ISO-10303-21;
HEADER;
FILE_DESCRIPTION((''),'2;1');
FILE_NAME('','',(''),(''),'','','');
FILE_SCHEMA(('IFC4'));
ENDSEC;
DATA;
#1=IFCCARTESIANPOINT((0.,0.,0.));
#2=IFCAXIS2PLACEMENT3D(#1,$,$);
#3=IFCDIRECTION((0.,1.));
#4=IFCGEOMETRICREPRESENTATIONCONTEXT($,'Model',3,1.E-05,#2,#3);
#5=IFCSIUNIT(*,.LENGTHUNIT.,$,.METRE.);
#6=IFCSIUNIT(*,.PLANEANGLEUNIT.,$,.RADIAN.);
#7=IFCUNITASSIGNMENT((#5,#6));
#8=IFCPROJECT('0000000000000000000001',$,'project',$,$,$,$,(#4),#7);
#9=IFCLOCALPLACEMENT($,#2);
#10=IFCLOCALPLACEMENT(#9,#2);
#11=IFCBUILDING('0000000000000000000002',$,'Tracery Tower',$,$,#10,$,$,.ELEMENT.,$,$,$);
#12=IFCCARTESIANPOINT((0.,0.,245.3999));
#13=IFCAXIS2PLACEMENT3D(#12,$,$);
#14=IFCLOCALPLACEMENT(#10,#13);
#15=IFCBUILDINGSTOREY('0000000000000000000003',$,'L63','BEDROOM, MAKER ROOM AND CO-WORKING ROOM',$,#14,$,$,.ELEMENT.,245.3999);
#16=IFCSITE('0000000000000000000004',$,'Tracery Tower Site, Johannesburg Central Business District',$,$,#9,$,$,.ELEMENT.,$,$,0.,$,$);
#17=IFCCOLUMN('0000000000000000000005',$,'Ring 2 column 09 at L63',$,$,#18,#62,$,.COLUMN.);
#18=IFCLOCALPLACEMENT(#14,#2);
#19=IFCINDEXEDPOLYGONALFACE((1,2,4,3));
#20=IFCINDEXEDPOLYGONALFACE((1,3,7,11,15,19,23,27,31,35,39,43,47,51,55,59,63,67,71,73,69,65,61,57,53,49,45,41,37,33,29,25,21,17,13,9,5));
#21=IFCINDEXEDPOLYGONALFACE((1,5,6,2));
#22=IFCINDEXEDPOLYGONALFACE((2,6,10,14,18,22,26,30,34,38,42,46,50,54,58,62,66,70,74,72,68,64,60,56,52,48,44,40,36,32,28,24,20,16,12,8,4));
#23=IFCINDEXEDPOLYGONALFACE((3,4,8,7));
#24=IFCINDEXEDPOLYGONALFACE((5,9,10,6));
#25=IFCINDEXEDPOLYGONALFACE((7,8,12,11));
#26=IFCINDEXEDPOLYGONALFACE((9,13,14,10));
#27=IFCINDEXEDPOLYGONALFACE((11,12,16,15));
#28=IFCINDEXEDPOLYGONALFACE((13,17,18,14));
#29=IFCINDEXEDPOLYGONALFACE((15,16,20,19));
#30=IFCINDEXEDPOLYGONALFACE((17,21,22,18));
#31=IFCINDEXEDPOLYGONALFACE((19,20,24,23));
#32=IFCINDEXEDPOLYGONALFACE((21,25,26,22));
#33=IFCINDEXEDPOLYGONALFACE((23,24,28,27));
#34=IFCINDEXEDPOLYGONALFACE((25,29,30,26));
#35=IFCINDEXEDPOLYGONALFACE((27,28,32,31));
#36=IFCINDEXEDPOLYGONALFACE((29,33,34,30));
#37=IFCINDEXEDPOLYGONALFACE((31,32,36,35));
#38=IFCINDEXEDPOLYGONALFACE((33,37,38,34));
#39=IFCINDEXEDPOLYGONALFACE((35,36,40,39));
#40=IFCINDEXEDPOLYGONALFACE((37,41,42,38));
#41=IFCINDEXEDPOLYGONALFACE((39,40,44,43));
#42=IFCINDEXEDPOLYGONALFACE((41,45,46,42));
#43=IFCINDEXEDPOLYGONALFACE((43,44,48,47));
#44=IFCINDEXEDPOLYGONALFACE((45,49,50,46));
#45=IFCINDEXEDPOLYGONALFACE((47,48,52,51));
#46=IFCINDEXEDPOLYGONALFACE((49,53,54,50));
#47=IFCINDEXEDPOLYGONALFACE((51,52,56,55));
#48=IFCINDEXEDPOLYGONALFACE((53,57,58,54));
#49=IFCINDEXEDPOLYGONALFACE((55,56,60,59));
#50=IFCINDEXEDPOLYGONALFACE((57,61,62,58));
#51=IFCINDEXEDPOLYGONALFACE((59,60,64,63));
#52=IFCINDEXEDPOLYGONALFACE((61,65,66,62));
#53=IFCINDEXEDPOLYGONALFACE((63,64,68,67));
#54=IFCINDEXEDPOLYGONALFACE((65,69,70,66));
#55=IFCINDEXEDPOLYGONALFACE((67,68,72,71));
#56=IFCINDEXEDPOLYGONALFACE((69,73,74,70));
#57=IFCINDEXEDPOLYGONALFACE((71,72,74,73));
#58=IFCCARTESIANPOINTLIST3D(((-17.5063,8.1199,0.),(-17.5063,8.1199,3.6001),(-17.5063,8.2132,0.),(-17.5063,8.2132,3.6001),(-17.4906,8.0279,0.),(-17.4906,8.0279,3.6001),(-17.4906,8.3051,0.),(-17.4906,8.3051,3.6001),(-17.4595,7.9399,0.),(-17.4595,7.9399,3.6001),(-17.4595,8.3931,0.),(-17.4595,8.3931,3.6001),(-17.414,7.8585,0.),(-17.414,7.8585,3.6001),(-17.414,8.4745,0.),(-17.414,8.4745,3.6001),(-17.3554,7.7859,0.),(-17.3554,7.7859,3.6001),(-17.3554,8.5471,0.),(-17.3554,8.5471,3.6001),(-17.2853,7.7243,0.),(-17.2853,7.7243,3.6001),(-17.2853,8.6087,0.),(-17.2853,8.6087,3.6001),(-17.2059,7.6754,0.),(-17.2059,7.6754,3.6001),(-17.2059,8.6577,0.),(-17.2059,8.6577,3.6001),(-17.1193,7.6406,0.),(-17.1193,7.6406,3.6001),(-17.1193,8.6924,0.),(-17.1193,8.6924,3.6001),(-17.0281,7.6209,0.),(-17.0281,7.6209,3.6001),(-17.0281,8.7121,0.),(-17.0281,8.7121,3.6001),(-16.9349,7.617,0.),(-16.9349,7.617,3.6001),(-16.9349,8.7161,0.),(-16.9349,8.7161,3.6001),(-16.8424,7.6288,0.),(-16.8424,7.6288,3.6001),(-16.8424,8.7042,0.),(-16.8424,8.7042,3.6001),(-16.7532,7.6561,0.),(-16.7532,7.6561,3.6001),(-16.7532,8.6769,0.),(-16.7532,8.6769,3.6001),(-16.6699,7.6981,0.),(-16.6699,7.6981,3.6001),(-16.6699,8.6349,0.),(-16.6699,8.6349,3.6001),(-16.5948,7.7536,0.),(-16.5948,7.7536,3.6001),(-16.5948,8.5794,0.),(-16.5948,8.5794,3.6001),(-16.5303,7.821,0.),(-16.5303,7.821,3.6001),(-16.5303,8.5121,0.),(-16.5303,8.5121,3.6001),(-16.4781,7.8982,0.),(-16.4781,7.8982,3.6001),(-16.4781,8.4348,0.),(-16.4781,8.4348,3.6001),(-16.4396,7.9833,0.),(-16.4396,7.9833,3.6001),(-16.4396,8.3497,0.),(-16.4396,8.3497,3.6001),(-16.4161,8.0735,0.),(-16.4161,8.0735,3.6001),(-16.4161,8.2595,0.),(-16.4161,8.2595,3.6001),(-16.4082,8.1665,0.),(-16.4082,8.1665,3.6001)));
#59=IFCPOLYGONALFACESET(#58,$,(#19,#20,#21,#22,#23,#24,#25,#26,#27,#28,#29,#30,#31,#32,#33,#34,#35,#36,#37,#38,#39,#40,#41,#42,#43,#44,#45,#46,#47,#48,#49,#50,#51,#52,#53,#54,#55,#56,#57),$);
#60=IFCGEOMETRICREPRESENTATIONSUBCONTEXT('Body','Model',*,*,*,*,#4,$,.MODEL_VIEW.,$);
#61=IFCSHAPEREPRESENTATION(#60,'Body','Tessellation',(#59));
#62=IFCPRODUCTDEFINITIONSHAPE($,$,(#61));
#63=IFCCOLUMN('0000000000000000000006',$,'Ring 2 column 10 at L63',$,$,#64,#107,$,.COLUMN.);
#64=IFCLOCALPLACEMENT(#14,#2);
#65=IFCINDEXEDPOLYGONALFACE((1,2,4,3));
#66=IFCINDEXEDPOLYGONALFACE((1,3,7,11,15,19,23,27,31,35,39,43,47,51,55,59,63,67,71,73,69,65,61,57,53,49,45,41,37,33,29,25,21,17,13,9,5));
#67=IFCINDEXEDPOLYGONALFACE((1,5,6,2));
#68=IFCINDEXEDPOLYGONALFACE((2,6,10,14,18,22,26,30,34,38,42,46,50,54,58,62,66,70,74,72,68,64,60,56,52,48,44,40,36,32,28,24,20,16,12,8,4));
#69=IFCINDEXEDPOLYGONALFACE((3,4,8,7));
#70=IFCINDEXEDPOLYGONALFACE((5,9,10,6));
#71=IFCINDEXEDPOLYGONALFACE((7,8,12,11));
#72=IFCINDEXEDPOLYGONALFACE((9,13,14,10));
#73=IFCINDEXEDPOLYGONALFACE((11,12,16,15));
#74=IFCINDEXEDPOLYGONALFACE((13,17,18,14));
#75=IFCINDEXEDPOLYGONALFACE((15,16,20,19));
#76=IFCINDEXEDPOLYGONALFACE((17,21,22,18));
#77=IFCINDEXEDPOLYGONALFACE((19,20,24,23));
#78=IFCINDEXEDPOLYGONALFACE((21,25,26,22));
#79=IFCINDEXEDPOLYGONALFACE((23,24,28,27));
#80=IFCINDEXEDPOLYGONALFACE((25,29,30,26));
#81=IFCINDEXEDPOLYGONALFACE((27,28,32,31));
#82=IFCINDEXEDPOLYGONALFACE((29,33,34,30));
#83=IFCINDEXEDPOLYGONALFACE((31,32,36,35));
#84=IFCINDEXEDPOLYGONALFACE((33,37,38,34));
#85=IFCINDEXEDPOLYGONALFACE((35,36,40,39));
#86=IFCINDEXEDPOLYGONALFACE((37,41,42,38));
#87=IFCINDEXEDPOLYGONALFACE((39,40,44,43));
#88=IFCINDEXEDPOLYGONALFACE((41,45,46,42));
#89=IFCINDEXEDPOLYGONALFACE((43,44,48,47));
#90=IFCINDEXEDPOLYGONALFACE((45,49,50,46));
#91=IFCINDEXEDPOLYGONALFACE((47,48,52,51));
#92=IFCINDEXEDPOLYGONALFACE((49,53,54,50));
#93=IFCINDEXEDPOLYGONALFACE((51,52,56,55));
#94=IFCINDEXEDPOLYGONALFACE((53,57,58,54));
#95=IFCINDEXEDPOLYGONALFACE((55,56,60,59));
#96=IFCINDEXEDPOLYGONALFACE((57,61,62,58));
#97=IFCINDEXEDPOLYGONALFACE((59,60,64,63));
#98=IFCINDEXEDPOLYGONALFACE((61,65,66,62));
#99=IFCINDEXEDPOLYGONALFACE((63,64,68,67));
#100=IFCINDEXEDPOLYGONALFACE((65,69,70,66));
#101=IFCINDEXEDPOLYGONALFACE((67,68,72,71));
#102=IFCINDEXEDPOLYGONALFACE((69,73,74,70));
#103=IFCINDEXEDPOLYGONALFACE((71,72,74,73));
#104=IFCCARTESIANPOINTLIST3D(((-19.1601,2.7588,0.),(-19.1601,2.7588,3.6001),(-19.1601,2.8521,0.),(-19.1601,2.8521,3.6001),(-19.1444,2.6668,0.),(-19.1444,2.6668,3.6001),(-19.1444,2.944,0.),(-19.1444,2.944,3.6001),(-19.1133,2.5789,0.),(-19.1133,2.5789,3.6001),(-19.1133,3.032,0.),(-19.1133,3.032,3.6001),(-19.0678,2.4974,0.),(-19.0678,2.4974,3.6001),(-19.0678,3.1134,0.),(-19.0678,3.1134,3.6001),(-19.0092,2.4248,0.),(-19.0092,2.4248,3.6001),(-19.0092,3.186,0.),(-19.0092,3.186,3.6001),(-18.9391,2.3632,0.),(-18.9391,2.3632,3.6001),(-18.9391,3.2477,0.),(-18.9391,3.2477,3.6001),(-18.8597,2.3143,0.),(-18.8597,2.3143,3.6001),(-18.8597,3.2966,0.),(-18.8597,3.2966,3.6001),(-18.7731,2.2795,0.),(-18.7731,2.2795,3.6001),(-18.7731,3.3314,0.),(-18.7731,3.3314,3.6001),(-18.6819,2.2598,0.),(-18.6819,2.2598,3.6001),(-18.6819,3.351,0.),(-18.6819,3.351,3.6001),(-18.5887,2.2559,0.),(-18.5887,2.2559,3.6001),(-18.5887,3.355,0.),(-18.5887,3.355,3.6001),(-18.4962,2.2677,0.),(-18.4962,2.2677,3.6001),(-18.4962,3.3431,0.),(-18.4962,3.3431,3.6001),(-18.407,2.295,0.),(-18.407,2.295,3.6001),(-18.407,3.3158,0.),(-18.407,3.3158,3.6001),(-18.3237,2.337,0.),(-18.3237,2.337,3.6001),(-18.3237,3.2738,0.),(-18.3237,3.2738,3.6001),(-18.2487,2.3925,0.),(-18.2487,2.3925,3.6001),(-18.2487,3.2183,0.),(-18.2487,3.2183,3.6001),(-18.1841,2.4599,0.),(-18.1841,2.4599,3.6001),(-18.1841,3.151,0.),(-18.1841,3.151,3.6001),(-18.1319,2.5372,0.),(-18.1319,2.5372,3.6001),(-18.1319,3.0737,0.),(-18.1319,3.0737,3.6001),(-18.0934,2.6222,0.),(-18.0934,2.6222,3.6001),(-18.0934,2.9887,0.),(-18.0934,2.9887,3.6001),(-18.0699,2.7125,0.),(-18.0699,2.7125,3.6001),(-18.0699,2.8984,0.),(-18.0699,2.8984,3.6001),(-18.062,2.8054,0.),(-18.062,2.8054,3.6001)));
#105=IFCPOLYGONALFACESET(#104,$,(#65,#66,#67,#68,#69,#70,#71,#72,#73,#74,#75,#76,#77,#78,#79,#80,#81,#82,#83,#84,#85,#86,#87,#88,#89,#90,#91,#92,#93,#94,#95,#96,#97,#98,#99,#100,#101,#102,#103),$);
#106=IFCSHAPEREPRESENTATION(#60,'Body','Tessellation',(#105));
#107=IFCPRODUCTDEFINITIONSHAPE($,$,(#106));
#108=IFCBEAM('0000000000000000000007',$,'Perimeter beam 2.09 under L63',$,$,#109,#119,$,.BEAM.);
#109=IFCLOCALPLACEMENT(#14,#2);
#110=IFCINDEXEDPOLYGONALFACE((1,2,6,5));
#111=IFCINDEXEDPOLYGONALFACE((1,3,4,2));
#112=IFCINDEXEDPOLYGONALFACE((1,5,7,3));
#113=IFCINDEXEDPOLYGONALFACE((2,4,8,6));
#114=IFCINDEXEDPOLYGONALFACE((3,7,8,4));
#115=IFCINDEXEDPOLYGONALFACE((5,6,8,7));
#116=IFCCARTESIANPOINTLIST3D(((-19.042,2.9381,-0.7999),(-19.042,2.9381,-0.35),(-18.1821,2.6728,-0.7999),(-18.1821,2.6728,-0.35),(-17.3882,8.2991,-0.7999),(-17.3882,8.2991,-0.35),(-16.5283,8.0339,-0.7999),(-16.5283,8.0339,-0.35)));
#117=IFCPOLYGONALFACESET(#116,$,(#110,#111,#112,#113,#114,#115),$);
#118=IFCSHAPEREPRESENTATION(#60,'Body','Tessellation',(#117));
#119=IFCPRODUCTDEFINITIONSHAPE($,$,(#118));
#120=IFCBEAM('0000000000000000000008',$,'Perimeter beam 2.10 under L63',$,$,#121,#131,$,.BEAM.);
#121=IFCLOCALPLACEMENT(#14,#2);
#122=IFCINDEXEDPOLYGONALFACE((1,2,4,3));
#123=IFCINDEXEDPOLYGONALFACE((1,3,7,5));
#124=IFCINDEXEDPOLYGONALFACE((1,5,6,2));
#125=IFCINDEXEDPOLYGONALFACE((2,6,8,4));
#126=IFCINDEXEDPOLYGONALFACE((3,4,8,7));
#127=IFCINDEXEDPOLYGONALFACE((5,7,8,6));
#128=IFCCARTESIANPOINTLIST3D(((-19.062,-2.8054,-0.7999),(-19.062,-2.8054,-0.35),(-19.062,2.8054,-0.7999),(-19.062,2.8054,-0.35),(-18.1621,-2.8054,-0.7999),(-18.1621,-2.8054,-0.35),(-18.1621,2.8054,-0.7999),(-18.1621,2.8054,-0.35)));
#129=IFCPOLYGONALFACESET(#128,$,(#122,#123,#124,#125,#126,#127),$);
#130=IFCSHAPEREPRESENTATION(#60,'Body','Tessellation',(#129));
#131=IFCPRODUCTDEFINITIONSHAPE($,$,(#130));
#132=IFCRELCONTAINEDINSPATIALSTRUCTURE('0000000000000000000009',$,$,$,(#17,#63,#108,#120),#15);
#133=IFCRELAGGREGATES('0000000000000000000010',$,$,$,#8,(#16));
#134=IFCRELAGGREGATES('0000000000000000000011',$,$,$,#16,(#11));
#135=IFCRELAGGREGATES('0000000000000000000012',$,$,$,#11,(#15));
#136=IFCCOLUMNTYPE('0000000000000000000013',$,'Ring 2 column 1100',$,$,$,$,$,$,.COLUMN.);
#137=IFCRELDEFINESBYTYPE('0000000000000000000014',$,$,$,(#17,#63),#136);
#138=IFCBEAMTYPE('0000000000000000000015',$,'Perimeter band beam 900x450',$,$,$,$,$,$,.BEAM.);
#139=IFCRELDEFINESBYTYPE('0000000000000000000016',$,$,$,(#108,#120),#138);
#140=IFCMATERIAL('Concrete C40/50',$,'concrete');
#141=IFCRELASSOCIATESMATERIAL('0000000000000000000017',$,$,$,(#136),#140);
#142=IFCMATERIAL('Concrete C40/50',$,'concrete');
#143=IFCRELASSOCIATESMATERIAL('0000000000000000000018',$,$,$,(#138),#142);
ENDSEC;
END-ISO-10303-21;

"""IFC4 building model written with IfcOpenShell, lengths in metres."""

from ifc_helpers import new_model, si_unit, direction, frame, origin, origin_2d, place, context, subcontext, project, spatial, rectangle, circle, extrude, material, material_profile, profile_set, type_object, element, save


model = new_model("IFC4")

# Units and contexts
model_context = context("Model", 3, precision=1e-05, world=origin(), true_north=direction((0.0, 1.0)))
body_context = subcontext(model_context, "Body", "Model", "MODEL_VIEW")
ifc_project = project(units=[si_unit("LENGTHUNIT", "METRE"), si_unit("PLANEANGLEUNIT", "RADIAN")], contexts=[model_context])

# Site, building, storey
site_placement = place(None, origin())
site = spatial("IfcSite", under=ifc_project, at=site_placement, Name="Tracery Tower Site, Johannesburg Central Business District", CompositionType="ELEMENT", RefElevation=0.0)
building_placement = place(site_placement, origin())
building = spatial("IfcBuilding", under=site, at=building_placement, Name="Tracery Tower", CompositionType="ELEMENT")
storey_placement = place(building_placement, frame((0.0, 0.0, 245.3999)))
storey = spatial("IfcBuildingStorey", under=building, at=storey_placement, Name="L63", Description="BEDROOM, MAKER ROOM AND CO-WORKING ROOM", CompositionType="ELEMENT", Elevation=245.3999)

# Columns
ifc_material_1 = material(Name="Concrete C40/50", Category="concrete")
ifc_material_profile_1 = material_profile(ifc_material_1, circle(Radius=0.55, at=origin_2d()), Name="RC D1100")
ifc_profile_set_1 = profile_set([ifc_material_profile_1], Name="Concrete C40/50")
column_type = type_object("IfcColumnType", Name="Ring 2 column 1100", PredefinedType="COLUMN", material=ifc_profile_set_1)
for number, where, z_axis, x_axis, name in (
    (1, (-16.9583, 8.1665, 0.0), (0.0, 0.0, 1.0), (1.0, 0.0, 0.0), "Ring 2 column 09 at L63"),
    (2, (-18.6121, 2.8054, 0.0), (0.0, 0.0, 1.0), (1.0, 0.0, 0.0), "Ring 2 column 10 at L63"),
):
    element("IfcColumn", number, at=place(storey_placement, frame(where, z_axis=z_axis, x_axis=x_axis)), inside=storey, type_object=column_type, Name=name, PredefinedType="COLUMN", context=body_context, shape_type="SweptSolid", body=[
        extrude(circle(Radius=0.55, at=origin_2d()), origin(), (0.0, 0.0, 1.0), 3.6001),
    ])

# Beams
ifc_material_2 = material(Name="Concrete C40/50", Category="concrete")
ifc_material_profile_2 = material_profile(ifc_material_2, rectangle(XDim=0.8999, YDim=0.45, at=origin_2d()), Name="RC 900x450")
ifc_profile_set_2 = profile_set([ifc_material_profile_2], Name="Concrete C40/50")
beam_type = type_object("IfcBeamType", Name="Perimeter band beam 900x450", PredefinedType="BEAM", material=ifc_profile_set_2)
beam_1_placement = place(storey_placement, frame((-16.9583, 8.1665, -0.575), z_axis=(-0.294777, -0.955566, 0.0), x_axis=(0.955566, -0.294777, 0.0)))
element("IfcBeam", 3, at=beam_1_placement, inside=storey, type_object=beam_type, Name="Perimeter beam 2.09 under L63", PredefinedType="BEAM", context=body_context, shape_type="SweptSolid", body=[
    extrude(rectangle(XDim=0.8999, YDim=0.45, at=origin_2d()), origin(), (0.0, 0.0, 1.0), 5.6104),
])
beam_2_placement = place(storey_placement, frame((-18.6121, 2.8054, -0.575), z_axis=(0.0, -1.0, 0.0), x_axis=(1.0, 0.0, 0.0)))
element("IfcBeam", 4, at=beam_2_placement, inside=storey, type_object=beam_type, Name="Perimeter beam 2.10 under L63", PredefinedType="BEAM", context=body_context, shape_type="SweptSolid", body=[
    extrude(rectangle(XDim=0.8999, YDim=0.45, at=origin_2d()), origin(), (0.0, 0.0, 1.0), 5.6108),
])

save(model, "model.ifc")
